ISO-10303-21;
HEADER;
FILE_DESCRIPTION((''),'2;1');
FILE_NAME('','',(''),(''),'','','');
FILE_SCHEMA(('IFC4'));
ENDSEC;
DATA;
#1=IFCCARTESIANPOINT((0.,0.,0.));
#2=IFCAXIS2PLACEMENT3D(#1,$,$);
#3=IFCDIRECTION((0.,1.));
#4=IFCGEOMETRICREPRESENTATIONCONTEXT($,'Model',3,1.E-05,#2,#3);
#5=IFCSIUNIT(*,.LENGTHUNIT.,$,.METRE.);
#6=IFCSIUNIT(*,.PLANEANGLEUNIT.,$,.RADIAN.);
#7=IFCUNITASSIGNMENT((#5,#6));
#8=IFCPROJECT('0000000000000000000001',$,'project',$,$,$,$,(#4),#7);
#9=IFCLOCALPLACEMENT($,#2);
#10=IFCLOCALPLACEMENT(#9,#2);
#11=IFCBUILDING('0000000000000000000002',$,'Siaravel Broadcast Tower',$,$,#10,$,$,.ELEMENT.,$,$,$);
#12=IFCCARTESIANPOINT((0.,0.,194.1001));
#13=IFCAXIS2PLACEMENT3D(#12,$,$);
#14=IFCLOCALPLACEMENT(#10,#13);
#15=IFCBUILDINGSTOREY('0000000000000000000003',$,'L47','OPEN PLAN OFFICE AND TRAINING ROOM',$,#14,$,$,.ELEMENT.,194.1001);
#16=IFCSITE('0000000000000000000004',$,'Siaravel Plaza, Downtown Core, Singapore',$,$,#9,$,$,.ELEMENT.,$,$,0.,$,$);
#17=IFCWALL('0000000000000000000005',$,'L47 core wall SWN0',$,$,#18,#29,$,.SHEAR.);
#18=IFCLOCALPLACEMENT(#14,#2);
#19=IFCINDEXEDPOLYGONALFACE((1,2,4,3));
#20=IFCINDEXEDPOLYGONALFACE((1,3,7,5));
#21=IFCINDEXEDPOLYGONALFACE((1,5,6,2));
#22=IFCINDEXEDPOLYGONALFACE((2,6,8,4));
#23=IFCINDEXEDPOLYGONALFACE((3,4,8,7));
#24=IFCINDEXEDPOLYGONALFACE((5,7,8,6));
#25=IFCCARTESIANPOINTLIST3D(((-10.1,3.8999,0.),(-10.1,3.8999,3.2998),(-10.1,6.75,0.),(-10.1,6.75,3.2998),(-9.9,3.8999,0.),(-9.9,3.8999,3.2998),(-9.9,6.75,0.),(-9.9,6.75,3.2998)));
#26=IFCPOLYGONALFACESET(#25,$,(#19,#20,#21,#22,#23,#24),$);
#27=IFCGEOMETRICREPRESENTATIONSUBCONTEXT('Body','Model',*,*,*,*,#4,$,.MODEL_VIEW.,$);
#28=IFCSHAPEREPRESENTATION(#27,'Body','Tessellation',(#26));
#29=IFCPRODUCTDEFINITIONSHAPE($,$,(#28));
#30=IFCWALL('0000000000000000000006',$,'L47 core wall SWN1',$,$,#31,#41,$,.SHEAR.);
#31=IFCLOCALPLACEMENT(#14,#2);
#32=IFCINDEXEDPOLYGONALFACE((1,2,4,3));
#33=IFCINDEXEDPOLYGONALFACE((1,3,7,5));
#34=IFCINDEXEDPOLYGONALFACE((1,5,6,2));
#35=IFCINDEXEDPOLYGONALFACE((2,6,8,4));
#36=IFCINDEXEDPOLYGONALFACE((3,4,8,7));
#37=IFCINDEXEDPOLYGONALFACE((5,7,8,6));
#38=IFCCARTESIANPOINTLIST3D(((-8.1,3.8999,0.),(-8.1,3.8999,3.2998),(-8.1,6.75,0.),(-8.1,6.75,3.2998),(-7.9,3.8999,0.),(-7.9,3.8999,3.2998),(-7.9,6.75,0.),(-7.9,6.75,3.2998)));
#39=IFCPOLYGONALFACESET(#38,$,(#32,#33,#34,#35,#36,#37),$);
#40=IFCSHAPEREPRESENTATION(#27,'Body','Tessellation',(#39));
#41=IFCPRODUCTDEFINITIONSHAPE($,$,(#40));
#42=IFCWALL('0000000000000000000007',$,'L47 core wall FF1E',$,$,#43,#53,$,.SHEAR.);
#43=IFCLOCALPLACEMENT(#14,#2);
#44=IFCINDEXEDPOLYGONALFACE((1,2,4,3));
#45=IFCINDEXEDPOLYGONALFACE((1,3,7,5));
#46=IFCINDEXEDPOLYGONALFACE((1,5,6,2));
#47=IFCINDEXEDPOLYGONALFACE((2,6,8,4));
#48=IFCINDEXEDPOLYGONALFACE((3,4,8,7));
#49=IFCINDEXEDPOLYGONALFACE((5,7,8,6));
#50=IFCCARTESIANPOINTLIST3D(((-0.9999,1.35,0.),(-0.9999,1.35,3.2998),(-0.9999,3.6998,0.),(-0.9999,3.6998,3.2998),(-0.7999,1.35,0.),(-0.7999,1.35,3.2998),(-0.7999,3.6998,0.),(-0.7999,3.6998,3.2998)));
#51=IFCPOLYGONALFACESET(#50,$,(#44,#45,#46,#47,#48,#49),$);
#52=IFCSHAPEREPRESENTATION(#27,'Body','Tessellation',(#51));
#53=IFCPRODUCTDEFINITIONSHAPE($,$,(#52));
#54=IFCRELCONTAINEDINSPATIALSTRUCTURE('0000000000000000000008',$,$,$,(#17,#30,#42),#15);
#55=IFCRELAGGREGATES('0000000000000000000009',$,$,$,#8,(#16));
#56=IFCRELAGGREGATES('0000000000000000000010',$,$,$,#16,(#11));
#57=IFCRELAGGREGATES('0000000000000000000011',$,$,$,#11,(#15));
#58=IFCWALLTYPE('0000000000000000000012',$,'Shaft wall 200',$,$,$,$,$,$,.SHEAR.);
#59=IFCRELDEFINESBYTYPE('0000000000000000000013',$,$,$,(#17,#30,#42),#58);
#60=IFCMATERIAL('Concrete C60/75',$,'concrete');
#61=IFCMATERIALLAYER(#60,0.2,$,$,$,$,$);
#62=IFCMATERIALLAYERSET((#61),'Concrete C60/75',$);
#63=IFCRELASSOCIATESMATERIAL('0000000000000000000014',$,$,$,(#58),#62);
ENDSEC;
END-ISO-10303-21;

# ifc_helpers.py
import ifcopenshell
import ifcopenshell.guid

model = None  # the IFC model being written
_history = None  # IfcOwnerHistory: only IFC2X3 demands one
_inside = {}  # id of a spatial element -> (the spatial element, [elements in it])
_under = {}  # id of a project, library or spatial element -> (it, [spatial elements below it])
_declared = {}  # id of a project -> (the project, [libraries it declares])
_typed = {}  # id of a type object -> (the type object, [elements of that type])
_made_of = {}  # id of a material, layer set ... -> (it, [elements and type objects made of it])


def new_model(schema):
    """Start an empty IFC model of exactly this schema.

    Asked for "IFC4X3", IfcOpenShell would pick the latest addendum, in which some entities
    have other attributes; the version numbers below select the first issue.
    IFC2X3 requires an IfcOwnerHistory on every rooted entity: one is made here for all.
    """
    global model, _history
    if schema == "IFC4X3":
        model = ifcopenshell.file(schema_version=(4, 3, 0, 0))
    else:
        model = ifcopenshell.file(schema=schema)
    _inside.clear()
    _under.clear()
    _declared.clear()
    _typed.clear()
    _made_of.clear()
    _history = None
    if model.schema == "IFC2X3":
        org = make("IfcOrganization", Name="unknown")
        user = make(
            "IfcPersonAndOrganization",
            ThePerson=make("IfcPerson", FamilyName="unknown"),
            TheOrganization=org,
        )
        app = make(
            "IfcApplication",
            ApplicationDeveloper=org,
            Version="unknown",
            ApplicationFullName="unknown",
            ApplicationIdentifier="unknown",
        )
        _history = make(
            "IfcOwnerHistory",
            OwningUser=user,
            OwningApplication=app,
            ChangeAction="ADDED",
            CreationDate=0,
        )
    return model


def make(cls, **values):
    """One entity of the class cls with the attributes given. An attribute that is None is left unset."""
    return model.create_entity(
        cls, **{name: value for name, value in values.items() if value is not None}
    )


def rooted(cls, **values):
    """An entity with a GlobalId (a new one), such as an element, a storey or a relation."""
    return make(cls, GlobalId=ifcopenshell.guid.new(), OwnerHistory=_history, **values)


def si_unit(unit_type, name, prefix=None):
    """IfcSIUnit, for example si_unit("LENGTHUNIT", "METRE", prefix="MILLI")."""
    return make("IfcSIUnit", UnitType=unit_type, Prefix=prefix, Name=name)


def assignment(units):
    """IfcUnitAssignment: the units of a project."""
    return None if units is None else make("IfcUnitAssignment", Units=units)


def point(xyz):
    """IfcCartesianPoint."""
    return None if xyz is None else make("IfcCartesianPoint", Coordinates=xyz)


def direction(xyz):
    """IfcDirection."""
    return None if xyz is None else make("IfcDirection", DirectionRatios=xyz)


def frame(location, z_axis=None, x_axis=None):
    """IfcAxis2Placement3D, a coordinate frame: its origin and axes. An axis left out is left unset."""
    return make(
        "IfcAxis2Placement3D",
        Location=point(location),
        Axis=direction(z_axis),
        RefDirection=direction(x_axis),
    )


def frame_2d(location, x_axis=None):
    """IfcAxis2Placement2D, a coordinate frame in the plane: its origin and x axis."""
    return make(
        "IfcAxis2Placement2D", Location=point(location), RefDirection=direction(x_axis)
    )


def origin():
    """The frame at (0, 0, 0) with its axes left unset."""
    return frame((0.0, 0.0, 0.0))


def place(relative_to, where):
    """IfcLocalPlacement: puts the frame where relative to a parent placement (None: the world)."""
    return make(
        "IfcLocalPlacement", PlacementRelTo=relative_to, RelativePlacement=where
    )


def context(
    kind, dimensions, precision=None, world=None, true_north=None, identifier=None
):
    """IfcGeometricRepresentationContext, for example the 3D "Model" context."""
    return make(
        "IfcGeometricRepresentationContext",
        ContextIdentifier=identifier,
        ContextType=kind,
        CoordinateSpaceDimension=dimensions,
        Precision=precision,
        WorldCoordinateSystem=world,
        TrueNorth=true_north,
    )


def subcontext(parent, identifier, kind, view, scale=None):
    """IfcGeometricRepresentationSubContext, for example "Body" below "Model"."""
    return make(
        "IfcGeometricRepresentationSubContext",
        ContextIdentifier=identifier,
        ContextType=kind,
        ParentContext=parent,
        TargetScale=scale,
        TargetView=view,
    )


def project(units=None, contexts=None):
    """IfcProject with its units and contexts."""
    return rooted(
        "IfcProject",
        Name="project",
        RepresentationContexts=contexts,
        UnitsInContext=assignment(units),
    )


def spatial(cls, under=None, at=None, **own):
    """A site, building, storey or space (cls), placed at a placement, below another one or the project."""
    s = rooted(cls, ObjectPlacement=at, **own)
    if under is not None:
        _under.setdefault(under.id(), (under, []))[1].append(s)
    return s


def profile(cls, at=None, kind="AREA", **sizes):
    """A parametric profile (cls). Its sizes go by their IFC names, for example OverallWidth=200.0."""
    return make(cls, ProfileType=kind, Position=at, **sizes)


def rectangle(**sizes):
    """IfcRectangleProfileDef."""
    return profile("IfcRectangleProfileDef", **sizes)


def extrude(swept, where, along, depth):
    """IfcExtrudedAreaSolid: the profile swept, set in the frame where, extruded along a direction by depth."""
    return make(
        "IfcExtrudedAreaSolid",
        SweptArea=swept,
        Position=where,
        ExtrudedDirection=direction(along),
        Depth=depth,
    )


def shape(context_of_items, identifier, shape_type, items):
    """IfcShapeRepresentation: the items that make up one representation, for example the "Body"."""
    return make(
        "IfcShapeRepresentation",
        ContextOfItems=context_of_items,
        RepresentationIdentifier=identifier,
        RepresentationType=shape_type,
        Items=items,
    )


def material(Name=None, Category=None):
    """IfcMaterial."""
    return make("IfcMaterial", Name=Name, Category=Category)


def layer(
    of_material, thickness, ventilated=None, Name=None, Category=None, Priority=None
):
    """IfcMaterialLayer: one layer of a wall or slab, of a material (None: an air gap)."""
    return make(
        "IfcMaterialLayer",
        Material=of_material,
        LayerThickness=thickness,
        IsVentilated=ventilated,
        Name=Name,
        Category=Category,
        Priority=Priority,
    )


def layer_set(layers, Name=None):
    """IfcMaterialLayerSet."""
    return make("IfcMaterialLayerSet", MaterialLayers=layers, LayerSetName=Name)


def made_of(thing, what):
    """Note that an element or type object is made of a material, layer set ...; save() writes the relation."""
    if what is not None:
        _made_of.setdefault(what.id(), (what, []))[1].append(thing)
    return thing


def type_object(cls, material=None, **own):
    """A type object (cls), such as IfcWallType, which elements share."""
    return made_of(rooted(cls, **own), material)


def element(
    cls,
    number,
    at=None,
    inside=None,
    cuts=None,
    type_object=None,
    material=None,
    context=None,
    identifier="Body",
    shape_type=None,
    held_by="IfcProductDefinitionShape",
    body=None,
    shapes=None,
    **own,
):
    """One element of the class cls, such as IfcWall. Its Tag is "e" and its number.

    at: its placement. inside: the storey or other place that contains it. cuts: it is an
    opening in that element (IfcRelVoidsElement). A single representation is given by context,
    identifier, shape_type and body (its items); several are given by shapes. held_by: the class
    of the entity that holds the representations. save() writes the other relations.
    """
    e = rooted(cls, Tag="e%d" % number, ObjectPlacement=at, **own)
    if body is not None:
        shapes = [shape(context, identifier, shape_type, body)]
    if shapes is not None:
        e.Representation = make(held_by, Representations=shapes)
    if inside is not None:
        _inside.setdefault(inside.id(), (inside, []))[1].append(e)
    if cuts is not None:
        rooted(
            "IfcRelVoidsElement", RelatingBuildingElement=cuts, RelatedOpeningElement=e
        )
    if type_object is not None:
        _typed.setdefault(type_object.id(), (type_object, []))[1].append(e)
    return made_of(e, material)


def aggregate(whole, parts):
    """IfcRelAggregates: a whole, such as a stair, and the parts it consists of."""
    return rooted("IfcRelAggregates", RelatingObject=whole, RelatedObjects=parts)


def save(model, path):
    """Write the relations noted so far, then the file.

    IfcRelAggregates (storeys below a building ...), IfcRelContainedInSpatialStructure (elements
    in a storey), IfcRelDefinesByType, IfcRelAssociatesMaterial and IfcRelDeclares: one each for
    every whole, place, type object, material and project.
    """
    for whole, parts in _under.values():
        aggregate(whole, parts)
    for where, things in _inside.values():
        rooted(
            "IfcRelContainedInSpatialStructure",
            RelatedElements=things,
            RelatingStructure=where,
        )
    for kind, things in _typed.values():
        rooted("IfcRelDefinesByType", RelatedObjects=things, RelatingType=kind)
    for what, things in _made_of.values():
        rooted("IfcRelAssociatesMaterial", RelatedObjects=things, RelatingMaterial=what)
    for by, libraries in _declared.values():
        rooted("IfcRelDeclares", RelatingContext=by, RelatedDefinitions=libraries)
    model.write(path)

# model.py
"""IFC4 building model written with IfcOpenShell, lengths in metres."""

from ifc_helpers import new_model, si_unit, direction, frame, frame_2d, origin, place, context, subcontext, project, spatial, rectangle, extrude, material, layer, layer_set, type_object, element, save


model = new_model("IFC4")

# Units and contexts
model_context = context("Model", 3, precision=1e-05, world=origin(), true_north=direction((0.0, 1.0)))
body_context = subcontext(model_context, "Body", "Model", "MODEL_VIEW")
ifc_project = project(units=[si_unit("LENGTHUNIT", "METRE"), si_unit("PLANEANGLEUNIT", "RADIAN")], contexts=[model_context])

# Site, building, storey
site_placement = place(None, origin())
site = spatial("IfcSite", under=ifc_project, at=site_placement, Name="Siaravel Plaza, Downtown Core, Singapore", CompositionType="ELEMENT", RefElevation=0.0)
building_placement = place(site_placement, origin())
building = spatial("IfcBuilding", under=site, at=building_placement, Name="Siaravel Broadcast Tower", CompositionType="ELEMENT")
storey_placement = place(building_placement, frame((0.0, 0.0, 194.1001)))
storey = spatial("IfcBuildingStorey", under=building, at=storey_placement, Name="L47", Description="OPEN PLAN OFFICE AND TRAINING ROOM", CompositionType="ELEMENT", Elevation=194.1001)

# Shared definitions
ifc_material_1 = material(Name="Concrete C60/75", Category="concrete")

# Walls
ifc_layer_1 = layer(ifc_material_1, 0.2)
ifc_layer_set_1 = layer_set([ifc_layer_1], Name="Concrete C60/75")
wall_type_1 = type_object("IfcWallType", Name="Shaft wall 200", PredefinedType="SHEAR", material=ifc_layer_set_1)
for number, where, z_axis, x_axis, name in (
    (1, (-10.0, 3.8999, 0.0), (0.0, 0.0, 1.0), (0.0, 1.0, 0.0), "L47 core wall SWN0"),
    (2, (-8.0, 3.8999, 0.0), (0.0, 0.0, 1.0), (0.0, 1.0, 0.0), "L47 core wall SWN1"),
):
    element("IfcWall", number, at=place(storey_placement, frame(where, z_axis=z_axis, x_axis=x_axis)), inside=storey, type_object=wall_type_1, Name=name, PredefinedType="SHEAR", context=body_context, shape_type="SweptSolid", body=[
        extrude(rectangle(XDim=2.8501, YDim=0.2, at=frame_2d((1.425, 0.0))), origin(), (0.0, 0.0, 1.0), 3.2998),
    ])
wall_1_placement = place(storey_placement, frame((-0.8999, 1.3501, 0.0), z_axis=(0.0, 0.0, 1.0), x_axis=(0.0, 1.0, 0.0)))
element("IfcWall", 3, at=wall_1_placement, inside=storey, type_object=wall_type_1, Name="L47 core wall FF1E", PredefinedType="SHEAR", context=body_context, shape_type="SweptSolid", body=[
    extrude(rectangle(XDim=2.3499, YDim=0.2, at=frame_2d((1.1748, 0.0))), origin(), (0.0, 0.0, 1.0), 3.2998),
])

save(model, "model.ifc")
